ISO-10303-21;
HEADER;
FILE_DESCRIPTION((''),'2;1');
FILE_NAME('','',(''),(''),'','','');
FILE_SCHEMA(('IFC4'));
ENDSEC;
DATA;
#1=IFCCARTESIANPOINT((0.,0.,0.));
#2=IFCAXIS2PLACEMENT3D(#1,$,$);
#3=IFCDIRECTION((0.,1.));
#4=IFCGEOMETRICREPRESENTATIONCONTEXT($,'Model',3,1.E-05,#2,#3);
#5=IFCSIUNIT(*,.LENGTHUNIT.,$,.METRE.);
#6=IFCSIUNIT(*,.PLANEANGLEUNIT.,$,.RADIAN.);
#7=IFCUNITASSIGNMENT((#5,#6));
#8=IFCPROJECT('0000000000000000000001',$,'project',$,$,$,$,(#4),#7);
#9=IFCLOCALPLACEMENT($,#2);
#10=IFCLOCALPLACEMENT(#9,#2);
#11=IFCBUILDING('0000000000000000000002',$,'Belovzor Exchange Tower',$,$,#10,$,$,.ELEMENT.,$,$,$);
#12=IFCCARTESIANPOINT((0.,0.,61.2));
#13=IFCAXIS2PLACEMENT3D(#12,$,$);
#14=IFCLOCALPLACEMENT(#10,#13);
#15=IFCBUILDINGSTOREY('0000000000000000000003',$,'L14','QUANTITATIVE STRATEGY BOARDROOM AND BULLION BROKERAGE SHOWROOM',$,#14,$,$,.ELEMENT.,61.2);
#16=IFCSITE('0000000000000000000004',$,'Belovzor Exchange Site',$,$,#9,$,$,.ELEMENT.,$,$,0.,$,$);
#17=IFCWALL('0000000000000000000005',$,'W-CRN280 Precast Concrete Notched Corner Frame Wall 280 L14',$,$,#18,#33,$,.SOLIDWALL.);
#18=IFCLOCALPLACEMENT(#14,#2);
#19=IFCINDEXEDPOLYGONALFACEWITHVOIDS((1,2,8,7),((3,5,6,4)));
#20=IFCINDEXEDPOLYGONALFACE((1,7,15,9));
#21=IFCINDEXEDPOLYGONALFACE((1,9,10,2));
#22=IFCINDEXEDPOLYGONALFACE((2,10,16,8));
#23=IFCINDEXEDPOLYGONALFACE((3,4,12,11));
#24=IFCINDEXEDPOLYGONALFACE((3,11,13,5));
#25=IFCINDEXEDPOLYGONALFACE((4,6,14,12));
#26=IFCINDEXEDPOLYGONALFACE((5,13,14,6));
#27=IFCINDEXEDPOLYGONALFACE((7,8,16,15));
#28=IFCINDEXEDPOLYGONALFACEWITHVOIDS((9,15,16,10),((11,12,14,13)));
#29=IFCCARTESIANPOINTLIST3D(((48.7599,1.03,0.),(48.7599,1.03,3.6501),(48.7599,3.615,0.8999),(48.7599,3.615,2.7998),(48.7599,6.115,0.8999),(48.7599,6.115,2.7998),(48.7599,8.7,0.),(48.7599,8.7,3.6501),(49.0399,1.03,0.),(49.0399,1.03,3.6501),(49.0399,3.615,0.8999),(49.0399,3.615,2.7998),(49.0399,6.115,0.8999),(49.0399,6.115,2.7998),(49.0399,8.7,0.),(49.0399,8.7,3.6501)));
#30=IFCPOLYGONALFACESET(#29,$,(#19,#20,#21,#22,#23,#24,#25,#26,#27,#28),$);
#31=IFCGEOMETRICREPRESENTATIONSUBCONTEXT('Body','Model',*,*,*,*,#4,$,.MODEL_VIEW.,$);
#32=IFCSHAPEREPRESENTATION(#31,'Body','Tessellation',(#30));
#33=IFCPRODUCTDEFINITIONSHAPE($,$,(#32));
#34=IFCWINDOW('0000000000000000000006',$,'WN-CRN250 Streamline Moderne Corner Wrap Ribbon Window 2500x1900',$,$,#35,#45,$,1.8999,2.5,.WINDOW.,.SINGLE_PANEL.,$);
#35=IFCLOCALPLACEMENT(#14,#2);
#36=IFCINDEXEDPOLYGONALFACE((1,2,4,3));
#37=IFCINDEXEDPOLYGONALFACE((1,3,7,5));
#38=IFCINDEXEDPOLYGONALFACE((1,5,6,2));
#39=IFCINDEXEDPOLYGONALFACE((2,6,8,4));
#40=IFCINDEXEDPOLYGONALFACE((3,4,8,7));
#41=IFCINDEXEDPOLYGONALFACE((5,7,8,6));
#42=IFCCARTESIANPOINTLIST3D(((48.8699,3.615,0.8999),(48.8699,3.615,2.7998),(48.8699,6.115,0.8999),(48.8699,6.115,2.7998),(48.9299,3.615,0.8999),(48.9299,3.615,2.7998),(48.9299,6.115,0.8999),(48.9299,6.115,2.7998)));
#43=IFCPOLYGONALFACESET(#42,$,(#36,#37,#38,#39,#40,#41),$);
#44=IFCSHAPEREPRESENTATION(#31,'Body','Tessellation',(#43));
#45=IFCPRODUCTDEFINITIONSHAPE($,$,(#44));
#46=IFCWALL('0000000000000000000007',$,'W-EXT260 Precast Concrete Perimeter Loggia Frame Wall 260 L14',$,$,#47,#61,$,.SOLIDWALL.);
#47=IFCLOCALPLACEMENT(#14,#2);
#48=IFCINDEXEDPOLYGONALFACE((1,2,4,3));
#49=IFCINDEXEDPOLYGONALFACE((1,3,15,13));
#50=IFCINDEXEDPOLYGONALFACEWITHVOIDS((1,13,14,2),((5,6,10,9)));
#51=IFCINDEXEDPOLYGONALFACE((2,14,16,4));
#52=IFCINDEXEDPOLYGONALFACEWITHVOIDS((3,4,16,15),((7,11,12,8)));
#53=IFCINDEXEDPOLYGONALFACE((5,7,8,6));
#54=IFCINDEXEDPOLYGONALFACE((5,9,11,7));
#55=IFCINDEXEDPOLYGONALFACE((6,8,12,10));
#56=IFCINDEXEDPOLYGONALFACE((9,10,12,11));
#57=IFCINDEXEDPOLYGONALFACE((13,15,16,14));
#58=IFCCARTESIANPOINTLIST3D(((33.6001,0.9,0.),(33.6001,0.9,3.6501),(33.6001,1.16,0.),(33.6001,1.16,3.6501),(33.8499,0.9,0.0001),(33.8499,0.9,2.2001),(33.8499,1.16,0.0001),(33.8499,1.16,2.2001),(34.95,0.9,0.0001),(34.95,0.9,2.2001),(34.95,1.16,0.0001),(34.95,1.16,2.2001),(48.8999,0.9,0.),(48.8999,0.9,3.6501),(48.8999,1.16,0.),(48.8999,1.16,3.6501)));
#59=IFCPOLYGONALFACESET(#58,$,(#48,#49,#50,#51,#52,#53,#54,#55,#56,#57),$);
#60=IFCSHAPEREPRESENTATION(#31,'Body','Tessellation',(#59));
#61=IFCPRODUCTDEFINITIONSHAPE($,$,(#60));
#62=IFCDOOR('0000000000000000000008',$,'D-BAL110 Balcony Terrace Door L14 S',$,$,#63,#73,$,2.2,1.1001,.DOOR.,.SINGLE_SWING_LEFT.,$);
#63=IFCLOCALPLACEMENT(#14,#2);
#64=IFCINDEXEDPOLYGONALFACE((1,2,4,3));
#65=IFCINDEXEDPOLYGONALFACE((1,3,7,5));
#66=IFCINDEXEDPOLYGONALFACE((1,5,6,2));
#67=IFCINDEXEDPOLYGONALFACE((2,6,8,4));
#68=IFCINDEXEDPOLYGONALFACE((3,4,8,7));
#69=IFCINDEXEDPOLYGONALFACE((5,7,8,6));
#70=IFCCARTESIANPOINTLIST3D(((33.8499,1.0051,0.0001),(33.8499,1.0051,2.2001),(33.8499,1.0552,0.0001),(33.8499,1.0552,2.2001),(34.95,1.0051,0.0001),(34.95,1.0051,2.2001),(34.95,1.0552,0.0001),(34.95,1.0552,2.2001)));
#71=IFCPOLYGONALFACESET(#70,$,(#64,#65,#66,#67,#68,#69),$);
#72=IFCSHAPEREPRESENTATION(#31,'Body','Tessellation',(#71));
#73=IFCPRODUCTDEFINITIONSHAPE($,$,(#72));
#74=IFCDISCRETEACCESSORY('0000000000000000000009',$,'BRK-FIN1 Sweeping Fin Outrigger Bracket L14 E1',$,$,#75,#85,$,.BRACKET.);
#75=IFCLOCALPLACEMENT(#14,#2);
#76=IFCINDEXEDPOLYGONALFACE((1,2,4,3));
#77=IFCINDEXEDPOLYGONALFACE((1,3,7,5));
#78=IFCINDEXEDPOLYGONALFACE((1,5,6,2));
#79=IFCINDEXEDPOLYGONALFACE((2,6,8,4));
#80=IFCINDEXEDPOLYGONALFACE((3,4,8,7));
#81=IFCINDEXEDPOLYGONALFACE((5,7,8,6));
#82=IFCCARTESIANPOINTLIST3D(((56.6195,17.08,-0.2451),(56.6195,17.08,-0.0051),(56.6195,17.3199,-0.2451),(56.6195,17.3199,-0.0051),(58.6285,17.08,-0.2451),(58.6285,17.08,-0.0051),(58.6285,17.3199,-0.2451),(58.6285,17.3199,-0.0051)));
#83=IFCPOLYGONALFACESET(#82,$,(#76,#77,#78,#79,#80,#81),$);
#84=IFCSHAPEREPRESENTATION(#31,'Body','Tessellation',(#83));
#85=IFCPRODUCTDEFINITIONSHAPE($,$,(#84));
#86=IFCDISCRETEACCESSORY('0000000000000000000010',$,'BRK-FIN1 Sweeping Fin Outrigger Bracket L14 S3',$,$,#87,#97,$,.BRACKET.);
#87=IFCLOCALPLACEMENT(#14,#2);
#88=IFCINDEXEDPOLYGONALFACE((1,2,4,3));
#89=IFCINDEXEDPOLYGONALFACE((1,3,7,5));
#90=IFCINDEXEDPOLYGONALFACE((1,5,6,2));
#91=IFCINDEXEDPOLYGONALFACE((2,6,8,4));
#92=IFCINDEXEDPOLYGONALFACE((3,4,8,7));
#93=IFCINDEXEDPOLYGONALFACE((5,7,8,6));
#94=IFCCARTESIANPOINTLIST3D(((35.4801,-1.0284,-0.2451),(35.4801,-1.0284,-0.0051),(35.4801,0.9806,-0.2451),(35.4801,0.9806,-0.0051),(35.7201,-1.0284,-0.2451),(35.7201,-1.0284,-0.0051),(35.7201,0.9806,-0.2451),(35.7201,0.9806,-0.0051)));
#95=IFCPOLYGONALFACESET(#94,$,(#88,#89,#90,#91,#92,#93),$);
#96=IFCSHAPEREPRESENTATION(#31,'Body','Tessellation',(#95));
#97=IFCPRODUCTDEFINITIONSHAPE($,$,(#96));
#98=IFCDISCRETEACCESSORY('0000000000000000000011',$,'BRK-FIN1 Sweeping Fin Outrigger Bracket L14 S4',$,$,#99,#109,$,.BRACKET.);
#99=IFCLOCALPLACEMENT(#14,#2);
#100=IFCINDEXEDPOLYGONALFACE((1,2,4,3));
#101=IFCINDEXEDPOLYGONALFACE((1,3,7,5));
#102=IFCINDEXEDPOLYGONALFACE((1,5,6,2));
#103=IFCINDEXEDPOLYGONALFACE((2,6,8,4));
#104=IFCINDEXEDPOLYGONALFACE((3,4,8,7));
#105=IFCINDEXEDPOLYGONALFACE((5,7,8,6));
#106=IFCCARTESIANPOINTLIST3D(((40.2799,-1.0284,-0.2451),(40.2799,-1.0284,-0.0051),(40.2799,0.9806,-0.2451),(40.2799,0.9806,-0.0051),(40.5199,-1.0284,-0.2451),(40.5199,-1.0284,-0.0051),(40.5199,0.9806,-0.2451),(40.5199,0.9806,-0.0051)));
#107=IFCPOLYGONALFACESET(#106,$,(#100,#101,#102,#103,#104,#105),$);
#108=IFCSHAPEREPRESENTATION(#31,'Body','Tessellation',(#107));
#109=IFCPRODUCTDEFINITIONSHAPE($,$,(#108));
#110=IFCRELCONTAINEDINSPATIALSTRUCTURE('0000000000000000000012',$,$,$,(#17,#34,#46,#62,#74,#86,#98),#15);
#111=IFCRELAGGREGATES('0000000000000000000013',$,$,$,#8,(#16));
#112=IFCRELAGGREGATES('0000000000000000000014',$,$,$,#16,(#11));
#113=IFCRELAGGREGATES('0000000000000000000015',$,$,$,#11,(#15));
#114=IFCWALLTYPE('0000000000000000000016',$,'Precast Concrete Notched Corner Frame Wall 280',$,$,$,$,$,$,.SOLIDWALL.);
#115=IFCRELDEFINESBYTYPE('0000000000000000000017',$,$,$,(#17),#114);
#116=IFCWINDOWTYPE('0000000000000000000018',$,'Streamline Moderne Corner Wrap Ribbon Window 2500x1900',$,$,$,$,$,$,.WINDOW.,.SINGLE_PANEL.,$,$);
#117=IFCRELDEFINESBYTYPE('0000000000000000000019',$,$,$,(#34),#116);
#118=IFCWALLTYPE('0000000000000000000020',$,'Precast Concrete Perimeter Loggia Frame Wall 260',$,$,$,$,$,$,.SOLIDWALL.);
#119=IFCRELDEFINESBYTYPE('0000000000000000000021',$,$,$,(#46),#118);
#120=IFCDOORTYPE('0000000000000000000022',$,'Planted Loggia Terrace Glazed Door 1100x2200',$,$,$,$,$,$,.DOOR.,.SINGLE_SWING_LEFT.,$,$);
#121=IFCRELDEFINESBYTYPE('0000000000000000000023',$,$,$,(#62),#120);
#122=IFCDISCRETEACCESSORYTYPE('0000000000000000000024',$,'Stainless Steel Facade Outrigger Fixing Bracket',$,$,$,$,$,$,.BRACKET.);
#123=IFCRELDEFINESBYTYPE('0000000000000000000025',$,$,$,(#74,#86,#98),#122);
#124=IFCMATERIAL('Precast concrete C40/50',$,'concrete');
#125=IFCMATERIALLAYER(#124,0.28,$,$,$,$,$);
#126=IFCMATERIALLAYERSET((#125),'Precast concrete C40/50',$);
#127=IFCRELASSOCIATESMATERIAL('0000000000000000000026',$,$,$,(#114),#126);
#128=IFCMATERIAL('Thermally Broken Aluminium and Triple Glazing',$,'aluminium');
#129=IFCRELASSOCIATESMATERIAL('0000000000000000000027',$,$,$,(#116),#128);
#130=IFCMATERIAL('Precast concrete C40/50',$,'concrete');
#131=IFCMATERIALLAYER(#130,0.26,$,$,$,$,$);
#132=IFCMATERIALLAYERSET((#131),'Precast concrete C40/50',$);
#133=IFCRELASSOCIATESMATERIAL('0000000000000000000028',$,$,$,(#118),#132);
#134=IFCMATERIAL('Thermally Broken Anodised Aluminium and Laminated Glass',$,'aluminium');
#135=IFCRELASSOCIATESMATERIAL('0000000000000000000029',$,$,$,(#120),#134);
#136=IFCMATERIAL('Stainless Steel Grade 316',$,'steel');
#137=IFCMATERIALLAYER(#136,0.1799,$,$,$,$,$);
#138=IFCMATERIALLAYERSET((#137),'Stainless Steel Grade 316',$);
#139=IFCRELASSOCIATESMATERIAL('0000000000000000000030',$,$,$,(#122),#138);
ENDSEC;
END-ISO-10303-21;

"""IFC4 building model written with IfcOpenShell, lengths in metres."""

from ifc_helpers import new_model, si_unit, direction, frame, frame_2d, origin, origin_2d, place, context, subcontext, project, spatial, rectangle, extrude, material, layer, layer_set, type_object, element, fill, save


model = new_model("IFC4")

# Units and contexts
model_context = context("Model", 3, precision=1e-05, world=origin(), true_north=direction((0.0, 1.0)))
body_context = subcontext(model_context, "Body", "Model", "MODEL_VIEW")
ifc_project = project(units=[si_unit("LENGTHUNIT", "METRE"), si_unit("PLANEANGLEUNIT", "RADIAN")], contexts=[model_context])

# Site, building, storey
site_placement = place(None, origin())
site = spatial("IfcSite", under=ifc_project, at=site_placement, Name="Belovzor Exchange Site", CompositionType="ELEMENT", RefElevation=0.0)
building_placement = place(site_placement, origin())
building = spatial("IfcBuilding", under=site, at=building_placement, Name="Belovzor Exchange Tower", CompositionType="ELEMENT")
storey_placement = place(building_placement, frame((0.0, 0.0, 61.2)))
storey = spatial("IfcBuildingStorey", under=building, at=storey_placement, Name="L14", Description="QUANTITATIVE STRATEGY BOARDROOM AND BULLION BROKERAGE SHOWROOM", CompositionType="ELEMENT", Elevation=61.2)

# Wall, opening, window
ifc_material_1 = material(Name="Precast concrete C40/50", Category="concrete")
ifc_layer_1 = layer(ifc_material_1, 0.28)
ifc_layer_set_1 = layer_set([ifc_layer_1], Name="Precast concrete C40/50")
wall_type_1 = type_object("IfcWallType", Name="Precast Concrete Notched Corner Frame Wall 280", PredefinedType="SOLIDWALL", material=ifc_layer_set_1)
ifc_material_2 = material(Name="Thermally Broken Aluminium and Triple Glazing", Category="aluminium")
window_type = type_object("IfcWindowType", Name="Streamline Moderne Corner Wrap Ribbon Window 2500x1900", PartitioningType="SINGLE_PANEL", PredefinedType="WINDOW", material=ifc_material_2)
wall_1_placement = place(storey_placement, frame((48.8999, 8.7, 0.0), z_axis=(0.0, 0.0, 1.0), x_axis=(0.0, -1.0, 0.0)))
wall_1 = element("IfcWall", 1, at=wall_1_placement, inside=storey, type_object=wall_type_1, Name="W-CRN280 Precast Concrete Notched Corner Frame Wall 280 L14", PredefinedType="SOLIDWALL", context=body_context, shape_type="SweptSolid", body=[
    extrude(rectangle(XDim=7.6699, YDim=0.28, at=frame_2d((3.835, 0.0))), origin(), (0.0, 0.0, 1.0), 3.6501),
])
opening_1_placement = place(wall_1_placement, frame((2.585, 0.0, 0.8999)))
opening_1 = element("IfcOpeningElement", 2, at=opening_1_placement, cuts=wall_1, PredefinedType="OPENING", context=body_context, shape_type="SweptSolid", body=[
    extrude(rectangle(XDim=2.5, YDim=1.8999, at=frame_2d((1.25, 0.95))), frame((0.0, 0.1499, 0.0), z_axis=(0.0, -1.0, 0.0), x_axis=(1.0, 0.0, 0.0)), (0.0, 0.0, 1.0), 0.3),
])
window_1_placement = place(opening_1_placement, origin())
window_1 = element("IfcWindow", 3, at=window_1_placement, inside=storey, type_object=window_type, Name="WN-CRN250 Streamline Moderne Corner Wrap Ribbon Window 2500x1900", OverallHeight=1.8999, OverallWidth=2.5, PartitioningType="SINGLE_PANEL", PredefinedType="WINDOW", context=body_context, shape_type="SweptSolid", body=[
    extrude(rectangle(XDim=2.5, YDim=1.8999, at=frame_2d((1.25, 0.95))), frame((0.0, 0.03, 0.0), z_axis=(0.0, -1.0, 0.0), x_axis=(1.0, 0.0, 0.0)), (0.0, 0.0, 1.0), 0.0601),
])
fill(opening_1, window_1)

# Wall, opening, door
ifc_material_3 = material(Name="Precast concrete C40/50", Category="concrete")
ifc_layer_2 = layer(ifc_material_3, 0.26)
ifc_layer_set_2 = layer_set([ifc_layer_2], Name="Precast concrete C40/50")
wall_type_2 = type_object("IfcWallType", Name="Precast Concrete Perimeter Loggia Frame Wall 260", PredefinedType="SOLIDWALL", material=ifc_layer_set_2)
wall_2_placement = place(storey_placement, frame((48.8999, 1.03, 0.0), z_axis=(0.0, 0.0, 1.0), x_axis=(-1.0, 0.0, 0.0)))
wall_2 = element("IfcWall", 4, at=wall_2_placement, inside=storey, type_object=wall_type_2, Name="W-EXT260 Precast Concrete Perimeter Loggia Frame Wall 260 L14", PredefinedType="SOLIDWALL", context=body_context, shape_type="SweptSolid", body=[
    extrude(rectangle(XDim=15.2998, YDim=0.26, at=frame_2d((7.6499, 0.0))), origin(), (0.0, 0.0, 1.0), 3.6501),
])
opening_2_placement = place(wall_2_placement, frame((13.95, 0.0, 0.0)))
opening_2 = element("IfcOpeningElement", 5, at=opening_2_placement, cuts=wall_2, PredefinedType="OPENING", context=body_context, shape_type="SweptSolid", body=[
    extrude(rectangle(XDim=1.1001, YDim=2.2, at=frame_2d((0.55, 1.1001))), frame((0.0, 0.1399, 0.0), z_axis=(0.0, -1.0, 0.0), x_axis=(1.0, 0.0, 0.0)), (0.0, 0.0, 1.0), 0.28),
])
ifc_material_4 = material(Name="Thermally Broken Anodised Aluminium and Laminated Glass", Category="aluminium")
door_type_1 = type_object("IfcDoorType", Name="Planted Loggia Terrace Glazed Door 1100x2200", OperationType="SINGLE_SWING_LEFT", PredefinedType="DOOR", material=ifc_material_4)
door_1_placement = place(opening_2_placement, origin())
door_1 = element("IfcDoor", 6, at=door_1_placement, inside=storey, type_object=door_type_1, Name="D-BAL110 Balcony Terrace Door L14 S", OperationType="SINGLE_SWING_LEFT", OverallHeight=2.2, OverallWidth=1.1001, PredefinedType="DOOR", context=body_context, shape_type="SweptSolid", body=[
    extrude(rectangle(XDim=1.1001, YDim=2.2, at=frame_2d((0.55, 1.1001))), frame((0.0, 0.0249, 0.0), z_axis=(0.0, -1.0, 0.0), x_axis=(1.0, 0.0, 0.0)), (0.0, 0.0, 1.0), 0.05),
])
fill(opening_2, door_1)

# Discrete accessories
ifc_material_5 = material(Name="Stainless Steel Grade 316", Category="steel")
ifc_layer_3 = layer(ifc_material_5, 0.1799)
ifc_layer_set_3 = layer_set([ifc_layer_3], Name="Stainless Steel Grade 316")
discrete_accessory_type = type_object("IfcDiscreteAccessoryType", Name="Stainless Steel Facade Outrigger Fixing Bracket", PredefinedType="BRACKET", material=ifc_layer_set_3)
for number, where, z_axis, x_axis, name in (
    (7, (57.624, 17.2, -0.2451), (0.0, 0.0, 1.0), (1.0, 0.0, 0.0), "BRK-FIN1 Sweeping Fin Outrigger Bracket L14 E1"),
    (8, (35.6001, -0.0239, -0.2451), (0.0, 0.0, 1.0), (0.0, 1.0, 0.0), "BRK-FIN1 Sweeping Fin Outrigger Bracket L14 S3"),
    (9, (40.3999, -0.0239, -0.2451), (0.0, 0.0, 1.0), (0.0, 1.0, 0.0), "BRK-FIN1 Sweeping Fin Outrigger Bracket L14 S4"),
):
    element("IfcDiscreteAccessory", number, at=place(storey_placement, frame(where, z_axis=z_axis, x_axis=x_axis)), inside=storey, type_object=discrete_accessory_type, Name=name, PredefinedType="BRACKET", context=body_context, shape_type="SweptSolid", body=[
        extrude(rectangle(XDim=2.009, YDim=0.24, at=origin_2d()), origin(), (0.0, 0.0, 1.0), 0.24),
    ])

save(model, "model.ifc")
